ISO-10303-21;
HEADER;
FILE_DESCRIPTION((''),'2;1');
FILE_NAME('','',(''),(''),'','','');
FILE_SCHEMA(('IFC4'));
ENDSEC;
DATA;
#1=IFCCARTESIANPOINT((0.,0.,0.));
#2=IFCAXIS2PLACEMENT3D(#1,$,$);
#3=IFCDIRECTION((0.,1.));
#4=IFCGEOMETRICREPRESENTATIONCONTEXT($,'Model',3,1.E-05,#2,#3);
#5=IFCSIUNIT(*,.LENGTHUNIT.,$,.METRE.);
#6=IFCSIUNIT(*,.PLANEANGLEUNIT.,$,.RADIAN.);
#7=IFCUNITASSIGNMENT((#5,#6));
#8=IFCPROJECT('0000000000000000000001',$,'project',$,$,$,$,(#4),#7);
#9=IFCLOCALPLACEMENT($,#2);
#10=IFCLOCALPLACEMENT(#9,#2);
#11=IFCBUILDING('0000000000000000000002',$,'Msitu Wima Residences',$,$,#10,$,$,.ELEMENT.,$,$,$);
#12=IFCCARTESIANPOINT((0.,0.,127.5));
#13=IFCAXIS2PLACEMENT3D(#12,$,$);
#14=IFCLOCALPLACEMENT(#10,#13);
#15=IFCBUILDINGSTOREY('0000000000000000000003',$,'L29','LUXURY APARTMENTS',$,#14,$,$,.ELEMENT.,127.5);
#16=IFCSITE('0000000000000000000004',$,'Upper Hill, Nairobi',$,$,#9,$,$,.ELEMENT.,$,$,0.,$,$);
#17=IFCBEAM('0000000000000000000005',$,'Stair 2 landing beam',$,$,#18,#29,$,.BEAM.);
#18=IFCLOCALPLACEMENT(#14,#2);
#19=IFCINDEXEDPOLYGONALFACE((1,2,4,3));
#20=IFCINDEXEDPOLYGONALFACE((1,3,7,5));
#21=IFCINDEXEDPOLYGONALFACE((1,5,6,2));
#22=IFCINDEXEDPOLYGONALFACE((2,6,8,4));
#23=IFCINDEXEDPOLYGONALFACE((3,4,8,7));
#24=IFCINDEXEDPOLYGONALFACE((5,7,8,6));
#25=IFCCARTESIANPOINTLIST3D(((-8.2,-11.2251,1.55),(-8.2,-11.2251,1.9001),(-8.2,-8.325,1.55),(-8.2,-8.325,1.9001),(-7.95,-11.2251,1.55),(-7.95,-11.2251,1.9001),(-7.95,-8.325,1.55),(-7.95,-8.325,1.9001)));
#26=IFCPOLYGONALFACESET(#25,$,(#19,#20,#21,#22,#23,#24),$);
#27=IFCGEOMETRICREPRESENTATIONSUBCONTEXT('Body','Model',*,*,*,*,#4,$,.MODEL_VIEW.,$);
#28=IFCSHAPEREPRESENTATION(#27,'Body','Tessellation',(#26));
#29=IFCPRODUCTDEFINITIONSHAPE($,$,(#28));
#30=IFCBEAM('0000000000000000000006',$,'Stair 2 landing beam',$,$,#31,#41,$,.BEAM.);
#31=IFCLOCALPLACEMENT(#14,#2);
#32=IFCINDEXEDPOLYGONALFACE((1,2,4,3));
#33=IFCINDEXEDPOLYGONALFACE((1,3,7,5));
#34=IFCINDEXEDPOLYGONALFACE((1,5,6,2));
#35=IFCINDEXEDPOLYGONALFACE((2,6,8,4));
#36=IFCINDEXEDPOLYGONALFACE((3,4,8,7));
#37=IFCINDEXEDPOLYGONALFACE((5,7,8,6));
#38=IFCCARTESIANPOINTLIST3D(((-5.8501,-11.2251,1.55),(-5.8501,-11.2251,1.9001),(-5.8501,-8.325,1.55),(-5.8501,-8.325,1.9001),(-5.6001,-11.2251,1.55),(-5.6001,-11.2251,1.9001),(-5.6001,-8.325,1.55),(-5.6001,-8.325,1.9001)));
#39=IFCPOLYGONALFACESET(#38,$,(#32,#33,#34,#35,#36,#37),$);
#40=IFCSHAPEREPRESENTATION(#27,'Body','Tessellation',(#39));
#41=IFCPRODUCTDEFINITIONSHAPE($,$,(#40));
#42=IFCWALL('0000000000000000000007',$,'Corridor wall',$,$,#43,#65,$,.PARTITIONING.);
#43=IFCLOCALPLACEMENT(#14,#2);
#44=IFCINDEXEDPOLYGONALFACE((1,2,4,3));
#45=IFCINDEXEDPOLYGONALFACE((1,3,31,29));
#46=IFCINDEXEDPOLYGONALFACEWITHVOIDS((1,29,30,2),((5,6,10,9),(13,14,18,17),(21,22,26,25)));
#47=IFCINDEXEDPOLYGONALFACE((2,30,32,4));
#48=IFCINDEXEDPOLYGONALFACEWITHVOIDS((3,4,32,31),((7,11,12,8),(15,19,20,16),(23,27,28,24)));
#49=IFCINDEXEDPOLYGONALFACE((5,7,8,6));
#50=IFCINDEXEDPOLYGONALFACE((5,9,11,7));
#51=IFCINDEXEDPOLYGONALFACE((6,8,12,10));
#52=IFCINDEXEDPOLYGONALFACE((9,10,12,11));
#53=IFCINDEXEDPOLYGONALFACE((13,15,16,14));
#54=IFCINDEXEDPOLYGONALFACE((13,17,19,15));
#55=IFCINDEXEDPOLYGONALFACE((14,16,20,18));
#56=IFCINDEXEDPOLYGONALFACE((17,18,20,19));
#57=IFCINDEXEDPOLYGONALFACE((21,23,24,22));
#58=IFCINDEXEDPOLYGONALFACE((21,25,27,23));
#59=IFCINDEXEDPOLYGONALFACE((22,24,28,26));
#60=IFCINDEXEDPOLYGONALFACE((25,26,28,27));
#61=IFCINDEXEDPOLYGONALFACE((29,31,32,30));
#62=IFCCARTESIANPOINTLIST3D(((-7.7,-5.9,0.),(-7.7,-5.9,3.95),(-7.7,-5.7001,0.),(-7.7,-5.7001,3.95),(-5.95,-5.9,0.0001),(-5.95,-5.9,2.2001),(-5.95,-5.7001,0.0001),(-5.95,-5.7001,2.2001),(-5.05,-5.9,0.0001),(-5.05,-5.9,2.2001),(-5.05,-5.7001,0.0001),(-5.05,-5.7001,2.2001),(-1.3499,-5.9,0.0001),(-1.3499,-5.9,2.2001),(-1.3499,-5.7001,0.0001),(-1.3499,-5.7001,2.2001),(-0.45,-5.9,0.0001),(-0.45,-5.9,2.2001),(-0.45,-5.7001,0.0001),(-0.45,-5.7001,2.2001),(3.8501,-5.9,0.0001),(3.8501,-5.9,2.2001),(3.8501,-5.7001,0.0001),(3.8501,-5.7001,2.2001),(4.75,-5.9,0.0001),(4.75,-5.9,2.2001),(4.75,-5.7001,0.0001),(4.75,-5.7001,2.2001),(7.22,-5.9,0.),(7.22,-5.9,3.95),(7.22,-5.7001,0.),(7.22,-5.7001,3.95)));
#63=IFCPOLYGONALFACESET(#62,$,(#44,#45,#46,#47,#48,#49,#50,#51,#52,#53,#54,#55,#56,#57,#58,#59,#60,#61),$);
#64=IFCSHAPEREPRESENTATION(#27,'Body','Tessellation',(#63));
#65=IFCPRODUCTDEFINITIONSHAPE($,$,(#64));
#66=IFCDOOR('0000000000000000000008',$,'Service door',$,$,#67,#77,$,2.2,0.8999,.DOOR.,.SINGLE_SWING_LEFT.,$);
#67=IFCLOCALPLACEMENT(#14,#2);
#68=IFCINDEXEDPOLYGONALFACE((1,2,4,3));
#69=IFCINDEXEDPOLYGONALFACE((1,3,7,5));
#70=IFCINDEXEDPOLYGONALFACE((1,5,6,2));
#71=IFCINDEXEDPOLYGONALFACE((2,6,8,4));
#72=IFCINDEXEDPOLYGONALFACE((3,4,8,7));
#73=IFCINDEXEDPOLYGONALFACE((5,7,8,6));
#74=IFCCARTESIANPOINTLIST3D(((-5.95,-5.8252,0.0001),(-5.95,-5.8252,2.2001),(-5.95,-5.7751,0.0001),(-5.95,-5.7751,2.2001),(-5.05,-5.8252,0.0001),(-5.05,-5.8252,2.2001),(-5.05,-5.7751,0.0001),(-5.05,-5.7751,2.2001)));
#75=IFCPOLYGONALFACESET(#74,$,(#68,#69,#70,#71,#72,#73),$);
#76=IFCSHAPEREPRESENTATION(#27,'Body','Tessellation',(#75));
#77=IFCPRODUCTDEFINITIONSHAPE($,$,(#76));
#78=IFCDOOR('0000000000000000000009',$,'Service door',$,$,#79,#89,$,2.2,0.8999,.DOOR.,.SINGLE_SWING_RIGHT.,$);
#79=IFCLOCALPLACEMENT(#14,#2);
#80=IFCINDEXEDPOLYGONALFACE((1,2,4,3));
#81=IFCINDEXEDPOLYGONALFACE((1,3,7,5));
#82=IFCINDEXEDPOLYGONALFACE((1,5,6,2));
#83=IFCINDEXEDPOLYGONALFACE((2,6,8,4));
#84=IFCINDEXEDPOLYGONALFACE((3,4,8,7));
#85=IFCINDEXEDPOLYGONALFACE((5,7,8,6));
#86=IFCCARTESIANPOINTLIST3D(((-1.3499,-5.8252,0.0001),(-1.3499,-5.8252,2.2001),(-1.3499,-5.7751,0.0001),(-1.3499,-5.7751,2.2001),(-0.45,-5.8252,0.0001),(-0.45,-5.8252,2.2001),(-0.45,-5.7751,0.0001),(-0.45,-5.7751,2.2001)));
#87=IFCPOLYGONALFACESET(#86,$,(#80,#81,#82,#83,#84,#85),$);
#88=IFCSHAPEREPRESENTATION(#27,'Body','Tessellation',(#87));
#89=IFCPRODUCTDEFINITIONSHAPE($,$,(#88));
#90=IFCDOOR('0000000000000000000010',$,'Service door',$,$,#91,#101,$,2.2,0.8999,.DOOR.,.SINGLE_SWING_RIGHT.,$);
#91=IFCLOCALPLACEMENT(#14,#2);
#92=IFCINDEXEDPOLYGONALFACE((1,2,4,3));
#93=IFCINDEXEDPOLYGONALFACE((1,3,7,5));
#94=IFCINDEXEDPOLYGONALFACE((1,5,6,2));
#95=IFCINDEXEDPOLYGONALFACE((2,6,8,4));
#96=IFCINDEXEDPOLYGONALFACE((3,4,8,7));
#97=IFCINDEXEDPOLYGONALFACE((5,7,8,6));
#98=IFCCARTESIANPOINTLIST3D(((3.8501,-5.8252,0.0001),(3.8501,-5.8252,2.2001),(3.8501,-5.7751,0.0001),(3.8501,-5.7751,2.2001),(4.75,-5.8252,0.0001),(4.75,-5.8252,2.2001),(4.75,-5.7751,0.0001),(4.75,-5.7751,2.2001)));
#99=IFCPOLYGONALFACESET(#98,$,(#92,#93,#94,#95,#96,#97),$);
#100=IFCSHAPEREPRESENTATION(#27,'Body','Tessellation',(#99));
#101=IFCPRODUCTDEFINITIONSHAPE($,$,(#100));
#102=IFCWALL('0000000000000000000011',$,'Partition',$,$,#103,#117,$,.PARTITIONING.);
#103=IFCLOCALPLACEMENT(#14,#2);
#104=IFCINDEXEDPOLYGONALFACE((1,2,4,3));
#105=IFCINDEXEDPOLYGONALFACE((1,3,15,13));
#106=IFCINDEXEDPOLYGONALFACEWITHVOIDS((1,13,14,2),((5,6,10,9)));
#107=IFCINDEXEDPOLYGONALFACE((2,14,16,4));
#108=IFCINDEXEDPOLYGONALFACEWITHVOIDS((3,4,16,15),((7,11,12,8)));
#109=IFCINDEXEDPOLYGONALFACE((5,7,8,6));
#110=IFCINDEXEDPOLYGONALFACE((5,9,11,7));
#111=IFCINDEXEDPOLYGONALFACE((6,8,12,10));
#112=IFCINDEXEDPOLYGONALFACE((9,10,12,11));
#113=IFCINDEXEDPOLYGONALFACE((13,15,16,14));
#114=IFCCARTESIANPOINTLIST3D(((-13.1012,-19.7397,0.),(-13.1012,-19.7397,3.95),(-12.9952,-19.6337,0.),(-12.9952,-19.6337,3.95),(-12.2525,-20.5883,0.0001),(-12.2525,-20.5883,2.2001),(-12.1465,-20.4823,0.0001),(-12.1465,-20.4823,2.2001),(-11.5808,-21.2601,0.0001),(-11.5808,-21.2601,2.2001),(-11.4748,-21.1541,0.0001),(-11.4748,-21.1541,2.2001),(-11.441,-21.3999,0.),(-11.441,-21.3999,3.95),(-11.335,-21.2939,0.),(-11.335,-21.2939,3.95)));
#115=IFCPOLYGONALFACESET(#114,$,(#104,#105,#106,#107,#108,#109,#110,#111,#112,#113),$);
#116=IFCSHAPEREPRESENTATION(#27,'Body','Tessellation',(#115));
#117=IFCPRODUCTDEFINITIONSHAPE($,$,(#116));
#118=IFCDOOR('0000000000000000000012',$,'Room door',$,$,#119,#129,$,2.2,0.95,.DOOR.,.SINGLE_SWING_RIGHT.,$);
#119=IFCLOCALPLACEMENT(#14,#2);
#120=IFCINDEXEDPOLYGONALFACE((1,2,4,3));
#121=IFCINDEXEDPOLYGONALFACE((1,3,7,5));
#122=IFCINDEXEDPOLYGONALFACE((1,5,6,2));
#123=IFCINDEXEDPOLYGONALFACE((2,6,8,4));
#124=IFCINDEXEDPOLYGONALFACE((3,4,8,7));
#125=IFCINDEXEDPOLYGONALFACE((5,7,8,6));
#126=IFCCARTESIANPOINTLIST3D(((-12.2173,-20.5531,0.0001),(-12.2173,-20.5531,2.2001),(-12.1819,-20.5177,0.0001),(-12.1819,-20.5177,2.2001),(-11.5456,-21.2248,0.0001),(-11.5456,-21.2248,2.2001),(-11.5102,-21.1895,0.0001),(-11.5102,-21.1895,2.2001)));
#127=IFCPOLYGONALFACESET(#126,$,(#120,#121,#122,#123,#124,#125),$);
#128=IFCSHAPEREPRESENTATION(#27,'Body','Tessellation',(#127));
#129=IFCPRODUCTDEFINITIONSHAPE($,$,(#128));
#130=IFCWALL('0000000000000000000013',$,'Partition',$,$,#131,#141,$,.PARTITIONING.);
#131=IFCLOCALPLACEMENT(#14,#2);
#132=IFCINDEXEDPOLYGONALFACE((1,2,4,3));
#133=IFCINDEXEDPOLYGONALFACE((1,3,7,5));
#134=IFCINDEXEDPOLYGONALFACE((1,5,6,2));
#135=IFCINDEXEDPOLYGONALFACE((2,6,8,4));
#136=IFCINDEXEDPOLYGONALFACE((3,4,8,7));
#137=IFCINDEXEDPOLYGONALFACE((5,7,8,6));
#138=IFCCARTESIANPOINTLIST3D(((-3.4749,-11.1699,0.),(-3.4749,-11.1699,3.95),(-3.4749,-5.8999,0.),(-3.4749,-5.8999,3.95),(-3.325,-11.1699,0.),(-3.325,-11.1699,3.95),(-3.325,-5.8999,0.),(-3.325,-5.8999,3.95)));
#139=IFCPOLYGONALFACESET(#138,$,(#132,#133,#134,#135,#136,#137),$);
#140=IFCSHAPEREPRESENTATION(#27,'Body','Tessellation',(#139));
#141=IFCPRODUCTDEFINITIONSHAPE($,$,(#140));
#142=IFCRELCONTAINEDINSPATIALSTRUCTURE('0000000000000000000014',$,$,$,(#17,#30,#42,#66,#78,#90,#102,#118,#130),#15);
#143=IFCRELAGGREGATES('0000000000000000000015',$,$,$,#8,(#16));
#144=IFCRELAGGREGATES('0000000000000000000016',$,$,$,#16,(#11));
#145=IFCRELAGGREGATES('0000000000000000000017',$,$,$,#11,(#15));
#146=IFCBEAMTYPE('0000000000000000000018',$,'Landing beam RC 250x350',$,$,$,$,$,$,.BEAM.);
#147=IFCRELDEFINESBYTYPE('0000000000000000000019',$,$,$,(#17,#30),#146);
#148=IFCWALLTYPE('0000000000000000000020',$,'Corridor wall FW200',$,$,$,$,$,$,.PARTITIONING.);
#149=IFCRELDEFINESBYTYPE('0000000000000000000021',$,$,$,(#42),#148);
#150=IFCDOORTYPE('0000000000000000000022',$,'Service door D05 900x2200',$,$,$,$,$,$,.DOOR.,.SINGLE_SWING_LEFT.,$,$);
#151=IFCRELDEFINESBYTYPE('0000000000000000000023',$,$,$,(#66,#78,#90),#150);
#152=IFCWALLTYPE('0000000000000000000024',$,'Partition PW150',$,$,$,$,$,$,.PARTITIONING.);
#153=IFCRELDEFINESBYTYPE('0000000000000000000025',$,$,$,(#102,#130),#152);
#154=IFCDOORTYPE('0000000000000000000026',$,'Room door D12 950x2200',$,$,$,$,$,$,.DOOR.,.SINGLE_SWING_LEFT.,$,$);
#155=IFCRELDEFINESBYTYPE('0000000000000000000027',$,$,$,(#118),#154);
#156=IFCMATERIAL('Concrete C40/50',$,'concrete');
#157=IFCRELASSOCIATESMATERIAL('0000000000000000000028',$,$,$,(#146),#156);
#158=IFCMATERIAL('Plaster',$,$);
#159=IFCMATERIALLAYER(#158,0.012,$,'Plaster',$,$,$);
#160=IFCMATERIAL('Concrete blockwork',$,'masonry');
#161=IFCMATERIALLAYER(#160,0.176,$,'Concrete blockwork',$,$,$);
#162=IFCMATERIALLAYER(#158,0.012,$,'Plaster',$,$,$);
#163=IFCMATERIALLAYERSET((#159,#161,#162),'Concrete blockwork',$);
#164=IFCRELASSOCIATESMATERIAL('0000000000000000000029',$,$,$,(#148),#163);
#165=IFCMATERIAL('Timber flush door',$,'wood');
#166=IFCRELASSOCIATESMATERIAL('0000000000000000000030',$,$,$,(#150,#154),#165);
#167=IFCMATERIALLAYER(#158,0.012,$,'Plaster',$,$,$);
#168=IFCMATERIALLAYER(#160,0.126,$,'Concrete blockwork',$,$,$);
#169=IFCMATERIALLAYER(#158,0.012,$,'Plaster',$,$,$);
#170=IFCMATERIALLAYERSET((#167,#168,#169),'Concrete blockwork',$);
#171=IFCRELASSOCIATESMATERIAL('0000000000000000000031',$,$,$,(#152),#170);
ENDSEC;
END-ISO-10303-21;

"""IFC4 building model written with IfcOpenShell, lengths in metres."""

from ifc_helpers import new_model, si_unit, direction, frame, frame_2d, origin, origin_2d, place, context, subcontext, project, spatial, rectangle, extrude, material, layer, layer_set, material_profile, profile_set, type_object, element, fill, save


model = new_model("IFC4")

# Units and contexts
model_context = context("Model", 3, precision=1e-05, world=origin(), true_north=direction((0.0, 1.0)))
body_context = subcontext(model_context, "Body", "Model", "MODEL_VIEW")
ifc_project = project(units=[si_unit("LENGTHUNIT", "METRE"), si_unit("PLANEANGLEUNIT", "RADIAN")], contexts=[model_context])

# Site, building, storey
site_placement = place(None, origin())
site = spatial("IfcSite", under=ifc_project, at=site_placement, Name="Upper Hill, Nairobi", CompositionType="ELEMENT", RefElevation=0.0)
building_placement = place(site_placement, origin())
building = spatial("IfcBuilding", under=site, at=building_placement, Name="Msitu Wima Residences", CompositionType="ELEMENT")
storey_placement = place(building_placement, frame((0.0, 0.0, 127.5)))
storey = spatial("IfcBuildingStorey", under=building, at=storey_placement, Name="L29", Description="LUXURY APARTMENTS", CompositionType="ELEMENT", Elevation=127.5)

# Beams
ifc_material_1 = material(Name="Concrete C40/50", Category="concrete")
ifc_material_profile = material_profile(ifc_material_1, rectangle(XDim=0.25, YDim=0.3501, at=origin_2d()), Name="RC 250x350")
ifc_profile_set = profile_set([ifc_material_profile], Name="Concrete C40/50")
beam_type = type_object("IfcBeamType", Name="Landing beam RC 250x350", PredefinedType="BEAM", material=ifc_profile_set)
for number, where, z_axis, x_axis, name in (
    (1, (-8.075, -11.2251, 1.7251), (0.0, 1.0, 0.0), (-1.0, 0.0, 0.0), "Stair 2 landing beam"),
    (2, (-5.7251, -11.2251, 1.7251), (0.0, 1.0, 0.0), (-1.0, 0.0, 0.0), "Stair 2 landing beam"),
):
    element("IfcBeam", number, at=place(storey_placement, frame(where, z_axis=z_axis, x_axis=x_axis)), inside=storey, type_object=beam_type, Name=name, PredefinedType="BEAM", context=body_context, shape_type="SweptSolid", body=[
        extrude(rectangle(XDim=0.25, YDim=0.3501, at=origin_2d()), origin(), (0.0, 0.0, 1.0), 2.9001),
    ])

# Shared definitions
ifc_material_2 = material(Name="Plaster")
ifc_layer_1 = layer(ifc_material_2, 0.012, Name="Plaster")
ifc_material_3 = material(Name="Concrete blockwork", Category="masonry")
ifc_layer_2 = layer(ifc_material_3, 0.176, Name="Concrete blockwork")
ifc_layer_3 = layer(ifc_material_2, 0.012, Name="Plaster")
ifc_layer_set_1 = layer_set([ifc_layer_1, ifc_layer_2, ifc_layer_3], Name="Concrete blockwork")
wall_type_1 = type_object("IfcWallType", Name="Corridor wall FW200", PredefinedType="PARTITIONING", material=ifc_layer_set_1)

# Wall, openings, doors
wall_1_placement = place(storey_placement, frame((-7.7, -5.8, 0.0), z_axis=(0.0, 0.0, 1.0), x_axis=(1.0, 0.0, 0.0)))
wall_1 = element("IfcWall", 3, at=wall_1_placement, inside=storey, type_object=wall_type_1, Name="Corridor wall", PredefinedType="PARTITIONING", context=body_context, shape_type="SweptSolid", body=[
    extrude(rectangle(XDim=14.9199, YDim=0.2, at=frame_2d((7.46, 0.0))), origin(), (0.0, 0.0, 1.0), 3.95),
])
opening_1_placement = place(wall_1_placement, frame((1.75, 0.0, 0.0)))
opening_1 = element("IfcOpeningElement", 4, at=opening_1_placement, cuts=wall_1, PredefinedType="OPENING", context=body_context, shape_type="SweptSolid", body=[
    extrude(rectangle(XDim=0.8999, YDim=2.2, at=frame_2d((0.45, 1.1001))), frame((0.0, 0.1099, 0.0), z_axis=(0.0, -1.0, 0.0), x_axis=(1.0, 0.0, 0.0)), (0.0, 0.0, 1.0), 0.22),
])
opening_2_placement = place(wall_1_placement, frame((6.3501, 0.0, 0.0)))
opening_2 = element("IfcOpeningElement", 5, at=opening_2_placement, cuts=wall_1, PredefinedType="OPENING", context=body_context, shape_type="SweptSolid", body=[
    extrude(rectangle(XDim=0.8999, YDim=2.2, at=frame_2d((0.45, 1.1001))), frame((0.0, 0.1099, 0.0), z_axis=(0.0, -1.0, 0.0), x_axis=(1.0, 0.0, 0.0)), (0.0, 0.0, 1.0), 0.22),
])
opening_3_placement = place(wall_1_placement, frame((11.55, 0.0, 0.0)))
opening_3 = element("IfcOpeningElement", 6, at=opening_3_placement, cuts=wall_1, PredefinedType="OPENING", context=body_context, shape_type="SweptSolid", body=[
    extrude(rectangle(XDim=0.8999, YDim=2.2, at=frame_2d((0.45, 1.1001))), frame((0.0, 0.1099, 0.0), z_axis=(0.0, -1.0, 0.0), x_axis=(1.0, 0.0, 0.0)), (0.0, 0.0, 1.0), 0.22),
])
ifc_material_4 = material(Name="Timber flush door", Category="wood")
door_type_1 = type_object("IfcDoorType", Name="Service door D05 900x2200", OperationType="SINGLE_SWING_LEFT", PredefinedType="DOOR", material=ifc_material_4)
door_1_placement = place(opening_1_placement, origin())
door_1 = element("IfcDoor", 7, at=door_1_placement, inside=storey, type_object=door_type_1, Name="Service door", OperationType="SINGLE_SWING_LEFT", OverallHeight=2.2, OverallWidth=0.8999, PredefinedType="DOOR", context=body_context, shape_type="SweptSolid", body=[
    extrude(rectangle(XDim=0.8999, YDim=2.2, at=frame_2d((0.45, 1.1001))), frame((0.0, 0.0249, 0.0), z_axis=(0.0, -1.0, 0.0), x_axis=(1.0, 0.0, 0.0)), (0.0, 0.0, 1.0), 0.05),
])
fill(opening_1, door_1)
door_2_placement = place(opening_2_placement, origin())
door_2 = element("IfcDoor", 8, at=door_2_placement, inside=storey, type_object=door_type_1, Name="Service door", OperationType="SINGLE_SWING_RIGHT", OverallHeight=2.2, OverallWidth=0.8999, PredefinedType="DOOR", context=body_context, shape_type="SweptSolid", body=[
    extrude(rectangle(XDim=0.8999, YDim=2.2, at=frame_2d((0.45, 1.1001))), frame((0.0, 0.0249, 0.0), z_axis=(0.0, -1.0, 0.0), x_axis=(1.0, 0.0, 0.0)), (0.0, 0.0, 1.0), 0.05),
])
fill(opening_2, door_2)
door_3_placement = place(opening_3_placement, origin())
door_3 = element("IfcDoor", 9, at=door_3_placement, inside=storey, type_object=door_type_1, Name="Service door", OperationType="SINGLE_SWING_RIGHT", OverallHeight=2.2, OverallWidth=0.8999, PredefinedType="DOOR", context=body_context, shape_type="SweptSolid", body=[
    extrude(rectangle(XDim=0.8999, YDim=2.2, at=frame_2d((0.45, 1.1001))), frame((0.0, 0.0249, 0.0), z_axis=(0.0, -1.0, 0.0), x_axis=(1.0, 0.0, 0.0)), (0.0, 0.0, 1.0), 0.05),
])
fill(opening_3, door_3)

# Wall, opening, door
ifc_layer_4 = layer(ifc_material_2, 0.012, Name="Plaster")
ifc_layer_5 = layer(ifc_material_3, 0.126, Name="Concrete blockwork")
ifc_layer_6 = layer(ifc_material_2, 0.012, Name="Plaster")
ifc_layer_set_2 = layer_set([ifc_layer_4, ifc_layer_5, ifc_layer_6], Name="Concrete blockwork")
wall_type_2 = type_object("IfcWallType", Name="Partition PW150", PredefinedType="PARTITIONING", material=ifc_layer_set_2)
wall_2_placement = place(storey_placement, frame((-13.0481, -19.6868, 0.0), z_axis=(0.0, 0.0, 1.0), x_axis=(0.707107, -0.707107, 0.0)))
wall_2 = element("IfcWall", 10, at=wall_2_placement, inside=storey, type_object=wall_type_2, Name="Partition", PredefinedType="PARTITIONING", context=body_context, shape_type="SweptSolid", body=[
    extrude(rectangle(XDim=2.3479, YDim=0.1499, at=frame_2d((1.1738, 0.0))), origin(), (0.0, 0.0, 1.0), 3.95),
])
opening_4_placement = place(wall_2_placement, frame((1.2, 0.0, 0.0)))
opening_4 = element("IfcOpeningElement", 11, at=opening_4_placement, cuts=wall_2, PredefinedType="OPENING", context=body_context, shape_type="SweptSolid", body=[
    extrude(rectangle(XDim=0.95, YDim=2.2, at=frame_2d((0.4751, 1.1001))), frame((0.0, 0.085, 0.0), z_axis=(0.0, -1.0, 0.0), x_axis=(1.0, 0.0, 0.0)), (0.0, 0.0, 1.0), 0.1699),
])
door_type_2 = type_object("IfcDoorType", Name="Room door D12 950x2200", OperationType="SINGLE_SWING_LEFT", PredefinedType="DOOR", material=ifc_material_4)
door_4_placement = place(opening_4_placement, origin())
door_4 = element("IfcDoor", 12, at=door_4_placement, inside=storey, type_object=door_type_2, Name="Room door", OperationType="SINGLE_SWING_RIGHT", OverallHeight=2.2, OverallWidth=0.95, PredefinedType="DOOR", context=body_context, shape_type="SweptSolid", body=[
    extrude(rectangle(XDim=0.95, YDim=2.2, at=frame_2d((0.4751, 1.1001))), frame((0.0, 0.0249, 0.0), z_axis=(0.0, -1.0, 0.0), x_axis=(1.0, 0.0, 0.0)), (0.0, 0.0, 1.0), 0.05),
])
fill(opening_4, door_4)

# Wall
wall_3_placement = place(storey_placement, frame((-3.3999, -11.1699, 0.0), z_axis=(0.0, 0.0, 1.0), x_axis=(0.0, 1.0, 0.0)))
element("IfcWall", 13, at=wall_3_placement, inside=storey, type_object=wall_type_2, Name="Partition", PredefinedType="PARTITIONING", context=body_context, shape_type="SweptSolid", body=[
    extrude(rectangle(XDim=5.27, YDim=0.1499, at=frame_2d((2.635, 0.0))), origin(), (0.0, 0.0, 1.0), 3.95),
])

save(model, "model.ifc")
